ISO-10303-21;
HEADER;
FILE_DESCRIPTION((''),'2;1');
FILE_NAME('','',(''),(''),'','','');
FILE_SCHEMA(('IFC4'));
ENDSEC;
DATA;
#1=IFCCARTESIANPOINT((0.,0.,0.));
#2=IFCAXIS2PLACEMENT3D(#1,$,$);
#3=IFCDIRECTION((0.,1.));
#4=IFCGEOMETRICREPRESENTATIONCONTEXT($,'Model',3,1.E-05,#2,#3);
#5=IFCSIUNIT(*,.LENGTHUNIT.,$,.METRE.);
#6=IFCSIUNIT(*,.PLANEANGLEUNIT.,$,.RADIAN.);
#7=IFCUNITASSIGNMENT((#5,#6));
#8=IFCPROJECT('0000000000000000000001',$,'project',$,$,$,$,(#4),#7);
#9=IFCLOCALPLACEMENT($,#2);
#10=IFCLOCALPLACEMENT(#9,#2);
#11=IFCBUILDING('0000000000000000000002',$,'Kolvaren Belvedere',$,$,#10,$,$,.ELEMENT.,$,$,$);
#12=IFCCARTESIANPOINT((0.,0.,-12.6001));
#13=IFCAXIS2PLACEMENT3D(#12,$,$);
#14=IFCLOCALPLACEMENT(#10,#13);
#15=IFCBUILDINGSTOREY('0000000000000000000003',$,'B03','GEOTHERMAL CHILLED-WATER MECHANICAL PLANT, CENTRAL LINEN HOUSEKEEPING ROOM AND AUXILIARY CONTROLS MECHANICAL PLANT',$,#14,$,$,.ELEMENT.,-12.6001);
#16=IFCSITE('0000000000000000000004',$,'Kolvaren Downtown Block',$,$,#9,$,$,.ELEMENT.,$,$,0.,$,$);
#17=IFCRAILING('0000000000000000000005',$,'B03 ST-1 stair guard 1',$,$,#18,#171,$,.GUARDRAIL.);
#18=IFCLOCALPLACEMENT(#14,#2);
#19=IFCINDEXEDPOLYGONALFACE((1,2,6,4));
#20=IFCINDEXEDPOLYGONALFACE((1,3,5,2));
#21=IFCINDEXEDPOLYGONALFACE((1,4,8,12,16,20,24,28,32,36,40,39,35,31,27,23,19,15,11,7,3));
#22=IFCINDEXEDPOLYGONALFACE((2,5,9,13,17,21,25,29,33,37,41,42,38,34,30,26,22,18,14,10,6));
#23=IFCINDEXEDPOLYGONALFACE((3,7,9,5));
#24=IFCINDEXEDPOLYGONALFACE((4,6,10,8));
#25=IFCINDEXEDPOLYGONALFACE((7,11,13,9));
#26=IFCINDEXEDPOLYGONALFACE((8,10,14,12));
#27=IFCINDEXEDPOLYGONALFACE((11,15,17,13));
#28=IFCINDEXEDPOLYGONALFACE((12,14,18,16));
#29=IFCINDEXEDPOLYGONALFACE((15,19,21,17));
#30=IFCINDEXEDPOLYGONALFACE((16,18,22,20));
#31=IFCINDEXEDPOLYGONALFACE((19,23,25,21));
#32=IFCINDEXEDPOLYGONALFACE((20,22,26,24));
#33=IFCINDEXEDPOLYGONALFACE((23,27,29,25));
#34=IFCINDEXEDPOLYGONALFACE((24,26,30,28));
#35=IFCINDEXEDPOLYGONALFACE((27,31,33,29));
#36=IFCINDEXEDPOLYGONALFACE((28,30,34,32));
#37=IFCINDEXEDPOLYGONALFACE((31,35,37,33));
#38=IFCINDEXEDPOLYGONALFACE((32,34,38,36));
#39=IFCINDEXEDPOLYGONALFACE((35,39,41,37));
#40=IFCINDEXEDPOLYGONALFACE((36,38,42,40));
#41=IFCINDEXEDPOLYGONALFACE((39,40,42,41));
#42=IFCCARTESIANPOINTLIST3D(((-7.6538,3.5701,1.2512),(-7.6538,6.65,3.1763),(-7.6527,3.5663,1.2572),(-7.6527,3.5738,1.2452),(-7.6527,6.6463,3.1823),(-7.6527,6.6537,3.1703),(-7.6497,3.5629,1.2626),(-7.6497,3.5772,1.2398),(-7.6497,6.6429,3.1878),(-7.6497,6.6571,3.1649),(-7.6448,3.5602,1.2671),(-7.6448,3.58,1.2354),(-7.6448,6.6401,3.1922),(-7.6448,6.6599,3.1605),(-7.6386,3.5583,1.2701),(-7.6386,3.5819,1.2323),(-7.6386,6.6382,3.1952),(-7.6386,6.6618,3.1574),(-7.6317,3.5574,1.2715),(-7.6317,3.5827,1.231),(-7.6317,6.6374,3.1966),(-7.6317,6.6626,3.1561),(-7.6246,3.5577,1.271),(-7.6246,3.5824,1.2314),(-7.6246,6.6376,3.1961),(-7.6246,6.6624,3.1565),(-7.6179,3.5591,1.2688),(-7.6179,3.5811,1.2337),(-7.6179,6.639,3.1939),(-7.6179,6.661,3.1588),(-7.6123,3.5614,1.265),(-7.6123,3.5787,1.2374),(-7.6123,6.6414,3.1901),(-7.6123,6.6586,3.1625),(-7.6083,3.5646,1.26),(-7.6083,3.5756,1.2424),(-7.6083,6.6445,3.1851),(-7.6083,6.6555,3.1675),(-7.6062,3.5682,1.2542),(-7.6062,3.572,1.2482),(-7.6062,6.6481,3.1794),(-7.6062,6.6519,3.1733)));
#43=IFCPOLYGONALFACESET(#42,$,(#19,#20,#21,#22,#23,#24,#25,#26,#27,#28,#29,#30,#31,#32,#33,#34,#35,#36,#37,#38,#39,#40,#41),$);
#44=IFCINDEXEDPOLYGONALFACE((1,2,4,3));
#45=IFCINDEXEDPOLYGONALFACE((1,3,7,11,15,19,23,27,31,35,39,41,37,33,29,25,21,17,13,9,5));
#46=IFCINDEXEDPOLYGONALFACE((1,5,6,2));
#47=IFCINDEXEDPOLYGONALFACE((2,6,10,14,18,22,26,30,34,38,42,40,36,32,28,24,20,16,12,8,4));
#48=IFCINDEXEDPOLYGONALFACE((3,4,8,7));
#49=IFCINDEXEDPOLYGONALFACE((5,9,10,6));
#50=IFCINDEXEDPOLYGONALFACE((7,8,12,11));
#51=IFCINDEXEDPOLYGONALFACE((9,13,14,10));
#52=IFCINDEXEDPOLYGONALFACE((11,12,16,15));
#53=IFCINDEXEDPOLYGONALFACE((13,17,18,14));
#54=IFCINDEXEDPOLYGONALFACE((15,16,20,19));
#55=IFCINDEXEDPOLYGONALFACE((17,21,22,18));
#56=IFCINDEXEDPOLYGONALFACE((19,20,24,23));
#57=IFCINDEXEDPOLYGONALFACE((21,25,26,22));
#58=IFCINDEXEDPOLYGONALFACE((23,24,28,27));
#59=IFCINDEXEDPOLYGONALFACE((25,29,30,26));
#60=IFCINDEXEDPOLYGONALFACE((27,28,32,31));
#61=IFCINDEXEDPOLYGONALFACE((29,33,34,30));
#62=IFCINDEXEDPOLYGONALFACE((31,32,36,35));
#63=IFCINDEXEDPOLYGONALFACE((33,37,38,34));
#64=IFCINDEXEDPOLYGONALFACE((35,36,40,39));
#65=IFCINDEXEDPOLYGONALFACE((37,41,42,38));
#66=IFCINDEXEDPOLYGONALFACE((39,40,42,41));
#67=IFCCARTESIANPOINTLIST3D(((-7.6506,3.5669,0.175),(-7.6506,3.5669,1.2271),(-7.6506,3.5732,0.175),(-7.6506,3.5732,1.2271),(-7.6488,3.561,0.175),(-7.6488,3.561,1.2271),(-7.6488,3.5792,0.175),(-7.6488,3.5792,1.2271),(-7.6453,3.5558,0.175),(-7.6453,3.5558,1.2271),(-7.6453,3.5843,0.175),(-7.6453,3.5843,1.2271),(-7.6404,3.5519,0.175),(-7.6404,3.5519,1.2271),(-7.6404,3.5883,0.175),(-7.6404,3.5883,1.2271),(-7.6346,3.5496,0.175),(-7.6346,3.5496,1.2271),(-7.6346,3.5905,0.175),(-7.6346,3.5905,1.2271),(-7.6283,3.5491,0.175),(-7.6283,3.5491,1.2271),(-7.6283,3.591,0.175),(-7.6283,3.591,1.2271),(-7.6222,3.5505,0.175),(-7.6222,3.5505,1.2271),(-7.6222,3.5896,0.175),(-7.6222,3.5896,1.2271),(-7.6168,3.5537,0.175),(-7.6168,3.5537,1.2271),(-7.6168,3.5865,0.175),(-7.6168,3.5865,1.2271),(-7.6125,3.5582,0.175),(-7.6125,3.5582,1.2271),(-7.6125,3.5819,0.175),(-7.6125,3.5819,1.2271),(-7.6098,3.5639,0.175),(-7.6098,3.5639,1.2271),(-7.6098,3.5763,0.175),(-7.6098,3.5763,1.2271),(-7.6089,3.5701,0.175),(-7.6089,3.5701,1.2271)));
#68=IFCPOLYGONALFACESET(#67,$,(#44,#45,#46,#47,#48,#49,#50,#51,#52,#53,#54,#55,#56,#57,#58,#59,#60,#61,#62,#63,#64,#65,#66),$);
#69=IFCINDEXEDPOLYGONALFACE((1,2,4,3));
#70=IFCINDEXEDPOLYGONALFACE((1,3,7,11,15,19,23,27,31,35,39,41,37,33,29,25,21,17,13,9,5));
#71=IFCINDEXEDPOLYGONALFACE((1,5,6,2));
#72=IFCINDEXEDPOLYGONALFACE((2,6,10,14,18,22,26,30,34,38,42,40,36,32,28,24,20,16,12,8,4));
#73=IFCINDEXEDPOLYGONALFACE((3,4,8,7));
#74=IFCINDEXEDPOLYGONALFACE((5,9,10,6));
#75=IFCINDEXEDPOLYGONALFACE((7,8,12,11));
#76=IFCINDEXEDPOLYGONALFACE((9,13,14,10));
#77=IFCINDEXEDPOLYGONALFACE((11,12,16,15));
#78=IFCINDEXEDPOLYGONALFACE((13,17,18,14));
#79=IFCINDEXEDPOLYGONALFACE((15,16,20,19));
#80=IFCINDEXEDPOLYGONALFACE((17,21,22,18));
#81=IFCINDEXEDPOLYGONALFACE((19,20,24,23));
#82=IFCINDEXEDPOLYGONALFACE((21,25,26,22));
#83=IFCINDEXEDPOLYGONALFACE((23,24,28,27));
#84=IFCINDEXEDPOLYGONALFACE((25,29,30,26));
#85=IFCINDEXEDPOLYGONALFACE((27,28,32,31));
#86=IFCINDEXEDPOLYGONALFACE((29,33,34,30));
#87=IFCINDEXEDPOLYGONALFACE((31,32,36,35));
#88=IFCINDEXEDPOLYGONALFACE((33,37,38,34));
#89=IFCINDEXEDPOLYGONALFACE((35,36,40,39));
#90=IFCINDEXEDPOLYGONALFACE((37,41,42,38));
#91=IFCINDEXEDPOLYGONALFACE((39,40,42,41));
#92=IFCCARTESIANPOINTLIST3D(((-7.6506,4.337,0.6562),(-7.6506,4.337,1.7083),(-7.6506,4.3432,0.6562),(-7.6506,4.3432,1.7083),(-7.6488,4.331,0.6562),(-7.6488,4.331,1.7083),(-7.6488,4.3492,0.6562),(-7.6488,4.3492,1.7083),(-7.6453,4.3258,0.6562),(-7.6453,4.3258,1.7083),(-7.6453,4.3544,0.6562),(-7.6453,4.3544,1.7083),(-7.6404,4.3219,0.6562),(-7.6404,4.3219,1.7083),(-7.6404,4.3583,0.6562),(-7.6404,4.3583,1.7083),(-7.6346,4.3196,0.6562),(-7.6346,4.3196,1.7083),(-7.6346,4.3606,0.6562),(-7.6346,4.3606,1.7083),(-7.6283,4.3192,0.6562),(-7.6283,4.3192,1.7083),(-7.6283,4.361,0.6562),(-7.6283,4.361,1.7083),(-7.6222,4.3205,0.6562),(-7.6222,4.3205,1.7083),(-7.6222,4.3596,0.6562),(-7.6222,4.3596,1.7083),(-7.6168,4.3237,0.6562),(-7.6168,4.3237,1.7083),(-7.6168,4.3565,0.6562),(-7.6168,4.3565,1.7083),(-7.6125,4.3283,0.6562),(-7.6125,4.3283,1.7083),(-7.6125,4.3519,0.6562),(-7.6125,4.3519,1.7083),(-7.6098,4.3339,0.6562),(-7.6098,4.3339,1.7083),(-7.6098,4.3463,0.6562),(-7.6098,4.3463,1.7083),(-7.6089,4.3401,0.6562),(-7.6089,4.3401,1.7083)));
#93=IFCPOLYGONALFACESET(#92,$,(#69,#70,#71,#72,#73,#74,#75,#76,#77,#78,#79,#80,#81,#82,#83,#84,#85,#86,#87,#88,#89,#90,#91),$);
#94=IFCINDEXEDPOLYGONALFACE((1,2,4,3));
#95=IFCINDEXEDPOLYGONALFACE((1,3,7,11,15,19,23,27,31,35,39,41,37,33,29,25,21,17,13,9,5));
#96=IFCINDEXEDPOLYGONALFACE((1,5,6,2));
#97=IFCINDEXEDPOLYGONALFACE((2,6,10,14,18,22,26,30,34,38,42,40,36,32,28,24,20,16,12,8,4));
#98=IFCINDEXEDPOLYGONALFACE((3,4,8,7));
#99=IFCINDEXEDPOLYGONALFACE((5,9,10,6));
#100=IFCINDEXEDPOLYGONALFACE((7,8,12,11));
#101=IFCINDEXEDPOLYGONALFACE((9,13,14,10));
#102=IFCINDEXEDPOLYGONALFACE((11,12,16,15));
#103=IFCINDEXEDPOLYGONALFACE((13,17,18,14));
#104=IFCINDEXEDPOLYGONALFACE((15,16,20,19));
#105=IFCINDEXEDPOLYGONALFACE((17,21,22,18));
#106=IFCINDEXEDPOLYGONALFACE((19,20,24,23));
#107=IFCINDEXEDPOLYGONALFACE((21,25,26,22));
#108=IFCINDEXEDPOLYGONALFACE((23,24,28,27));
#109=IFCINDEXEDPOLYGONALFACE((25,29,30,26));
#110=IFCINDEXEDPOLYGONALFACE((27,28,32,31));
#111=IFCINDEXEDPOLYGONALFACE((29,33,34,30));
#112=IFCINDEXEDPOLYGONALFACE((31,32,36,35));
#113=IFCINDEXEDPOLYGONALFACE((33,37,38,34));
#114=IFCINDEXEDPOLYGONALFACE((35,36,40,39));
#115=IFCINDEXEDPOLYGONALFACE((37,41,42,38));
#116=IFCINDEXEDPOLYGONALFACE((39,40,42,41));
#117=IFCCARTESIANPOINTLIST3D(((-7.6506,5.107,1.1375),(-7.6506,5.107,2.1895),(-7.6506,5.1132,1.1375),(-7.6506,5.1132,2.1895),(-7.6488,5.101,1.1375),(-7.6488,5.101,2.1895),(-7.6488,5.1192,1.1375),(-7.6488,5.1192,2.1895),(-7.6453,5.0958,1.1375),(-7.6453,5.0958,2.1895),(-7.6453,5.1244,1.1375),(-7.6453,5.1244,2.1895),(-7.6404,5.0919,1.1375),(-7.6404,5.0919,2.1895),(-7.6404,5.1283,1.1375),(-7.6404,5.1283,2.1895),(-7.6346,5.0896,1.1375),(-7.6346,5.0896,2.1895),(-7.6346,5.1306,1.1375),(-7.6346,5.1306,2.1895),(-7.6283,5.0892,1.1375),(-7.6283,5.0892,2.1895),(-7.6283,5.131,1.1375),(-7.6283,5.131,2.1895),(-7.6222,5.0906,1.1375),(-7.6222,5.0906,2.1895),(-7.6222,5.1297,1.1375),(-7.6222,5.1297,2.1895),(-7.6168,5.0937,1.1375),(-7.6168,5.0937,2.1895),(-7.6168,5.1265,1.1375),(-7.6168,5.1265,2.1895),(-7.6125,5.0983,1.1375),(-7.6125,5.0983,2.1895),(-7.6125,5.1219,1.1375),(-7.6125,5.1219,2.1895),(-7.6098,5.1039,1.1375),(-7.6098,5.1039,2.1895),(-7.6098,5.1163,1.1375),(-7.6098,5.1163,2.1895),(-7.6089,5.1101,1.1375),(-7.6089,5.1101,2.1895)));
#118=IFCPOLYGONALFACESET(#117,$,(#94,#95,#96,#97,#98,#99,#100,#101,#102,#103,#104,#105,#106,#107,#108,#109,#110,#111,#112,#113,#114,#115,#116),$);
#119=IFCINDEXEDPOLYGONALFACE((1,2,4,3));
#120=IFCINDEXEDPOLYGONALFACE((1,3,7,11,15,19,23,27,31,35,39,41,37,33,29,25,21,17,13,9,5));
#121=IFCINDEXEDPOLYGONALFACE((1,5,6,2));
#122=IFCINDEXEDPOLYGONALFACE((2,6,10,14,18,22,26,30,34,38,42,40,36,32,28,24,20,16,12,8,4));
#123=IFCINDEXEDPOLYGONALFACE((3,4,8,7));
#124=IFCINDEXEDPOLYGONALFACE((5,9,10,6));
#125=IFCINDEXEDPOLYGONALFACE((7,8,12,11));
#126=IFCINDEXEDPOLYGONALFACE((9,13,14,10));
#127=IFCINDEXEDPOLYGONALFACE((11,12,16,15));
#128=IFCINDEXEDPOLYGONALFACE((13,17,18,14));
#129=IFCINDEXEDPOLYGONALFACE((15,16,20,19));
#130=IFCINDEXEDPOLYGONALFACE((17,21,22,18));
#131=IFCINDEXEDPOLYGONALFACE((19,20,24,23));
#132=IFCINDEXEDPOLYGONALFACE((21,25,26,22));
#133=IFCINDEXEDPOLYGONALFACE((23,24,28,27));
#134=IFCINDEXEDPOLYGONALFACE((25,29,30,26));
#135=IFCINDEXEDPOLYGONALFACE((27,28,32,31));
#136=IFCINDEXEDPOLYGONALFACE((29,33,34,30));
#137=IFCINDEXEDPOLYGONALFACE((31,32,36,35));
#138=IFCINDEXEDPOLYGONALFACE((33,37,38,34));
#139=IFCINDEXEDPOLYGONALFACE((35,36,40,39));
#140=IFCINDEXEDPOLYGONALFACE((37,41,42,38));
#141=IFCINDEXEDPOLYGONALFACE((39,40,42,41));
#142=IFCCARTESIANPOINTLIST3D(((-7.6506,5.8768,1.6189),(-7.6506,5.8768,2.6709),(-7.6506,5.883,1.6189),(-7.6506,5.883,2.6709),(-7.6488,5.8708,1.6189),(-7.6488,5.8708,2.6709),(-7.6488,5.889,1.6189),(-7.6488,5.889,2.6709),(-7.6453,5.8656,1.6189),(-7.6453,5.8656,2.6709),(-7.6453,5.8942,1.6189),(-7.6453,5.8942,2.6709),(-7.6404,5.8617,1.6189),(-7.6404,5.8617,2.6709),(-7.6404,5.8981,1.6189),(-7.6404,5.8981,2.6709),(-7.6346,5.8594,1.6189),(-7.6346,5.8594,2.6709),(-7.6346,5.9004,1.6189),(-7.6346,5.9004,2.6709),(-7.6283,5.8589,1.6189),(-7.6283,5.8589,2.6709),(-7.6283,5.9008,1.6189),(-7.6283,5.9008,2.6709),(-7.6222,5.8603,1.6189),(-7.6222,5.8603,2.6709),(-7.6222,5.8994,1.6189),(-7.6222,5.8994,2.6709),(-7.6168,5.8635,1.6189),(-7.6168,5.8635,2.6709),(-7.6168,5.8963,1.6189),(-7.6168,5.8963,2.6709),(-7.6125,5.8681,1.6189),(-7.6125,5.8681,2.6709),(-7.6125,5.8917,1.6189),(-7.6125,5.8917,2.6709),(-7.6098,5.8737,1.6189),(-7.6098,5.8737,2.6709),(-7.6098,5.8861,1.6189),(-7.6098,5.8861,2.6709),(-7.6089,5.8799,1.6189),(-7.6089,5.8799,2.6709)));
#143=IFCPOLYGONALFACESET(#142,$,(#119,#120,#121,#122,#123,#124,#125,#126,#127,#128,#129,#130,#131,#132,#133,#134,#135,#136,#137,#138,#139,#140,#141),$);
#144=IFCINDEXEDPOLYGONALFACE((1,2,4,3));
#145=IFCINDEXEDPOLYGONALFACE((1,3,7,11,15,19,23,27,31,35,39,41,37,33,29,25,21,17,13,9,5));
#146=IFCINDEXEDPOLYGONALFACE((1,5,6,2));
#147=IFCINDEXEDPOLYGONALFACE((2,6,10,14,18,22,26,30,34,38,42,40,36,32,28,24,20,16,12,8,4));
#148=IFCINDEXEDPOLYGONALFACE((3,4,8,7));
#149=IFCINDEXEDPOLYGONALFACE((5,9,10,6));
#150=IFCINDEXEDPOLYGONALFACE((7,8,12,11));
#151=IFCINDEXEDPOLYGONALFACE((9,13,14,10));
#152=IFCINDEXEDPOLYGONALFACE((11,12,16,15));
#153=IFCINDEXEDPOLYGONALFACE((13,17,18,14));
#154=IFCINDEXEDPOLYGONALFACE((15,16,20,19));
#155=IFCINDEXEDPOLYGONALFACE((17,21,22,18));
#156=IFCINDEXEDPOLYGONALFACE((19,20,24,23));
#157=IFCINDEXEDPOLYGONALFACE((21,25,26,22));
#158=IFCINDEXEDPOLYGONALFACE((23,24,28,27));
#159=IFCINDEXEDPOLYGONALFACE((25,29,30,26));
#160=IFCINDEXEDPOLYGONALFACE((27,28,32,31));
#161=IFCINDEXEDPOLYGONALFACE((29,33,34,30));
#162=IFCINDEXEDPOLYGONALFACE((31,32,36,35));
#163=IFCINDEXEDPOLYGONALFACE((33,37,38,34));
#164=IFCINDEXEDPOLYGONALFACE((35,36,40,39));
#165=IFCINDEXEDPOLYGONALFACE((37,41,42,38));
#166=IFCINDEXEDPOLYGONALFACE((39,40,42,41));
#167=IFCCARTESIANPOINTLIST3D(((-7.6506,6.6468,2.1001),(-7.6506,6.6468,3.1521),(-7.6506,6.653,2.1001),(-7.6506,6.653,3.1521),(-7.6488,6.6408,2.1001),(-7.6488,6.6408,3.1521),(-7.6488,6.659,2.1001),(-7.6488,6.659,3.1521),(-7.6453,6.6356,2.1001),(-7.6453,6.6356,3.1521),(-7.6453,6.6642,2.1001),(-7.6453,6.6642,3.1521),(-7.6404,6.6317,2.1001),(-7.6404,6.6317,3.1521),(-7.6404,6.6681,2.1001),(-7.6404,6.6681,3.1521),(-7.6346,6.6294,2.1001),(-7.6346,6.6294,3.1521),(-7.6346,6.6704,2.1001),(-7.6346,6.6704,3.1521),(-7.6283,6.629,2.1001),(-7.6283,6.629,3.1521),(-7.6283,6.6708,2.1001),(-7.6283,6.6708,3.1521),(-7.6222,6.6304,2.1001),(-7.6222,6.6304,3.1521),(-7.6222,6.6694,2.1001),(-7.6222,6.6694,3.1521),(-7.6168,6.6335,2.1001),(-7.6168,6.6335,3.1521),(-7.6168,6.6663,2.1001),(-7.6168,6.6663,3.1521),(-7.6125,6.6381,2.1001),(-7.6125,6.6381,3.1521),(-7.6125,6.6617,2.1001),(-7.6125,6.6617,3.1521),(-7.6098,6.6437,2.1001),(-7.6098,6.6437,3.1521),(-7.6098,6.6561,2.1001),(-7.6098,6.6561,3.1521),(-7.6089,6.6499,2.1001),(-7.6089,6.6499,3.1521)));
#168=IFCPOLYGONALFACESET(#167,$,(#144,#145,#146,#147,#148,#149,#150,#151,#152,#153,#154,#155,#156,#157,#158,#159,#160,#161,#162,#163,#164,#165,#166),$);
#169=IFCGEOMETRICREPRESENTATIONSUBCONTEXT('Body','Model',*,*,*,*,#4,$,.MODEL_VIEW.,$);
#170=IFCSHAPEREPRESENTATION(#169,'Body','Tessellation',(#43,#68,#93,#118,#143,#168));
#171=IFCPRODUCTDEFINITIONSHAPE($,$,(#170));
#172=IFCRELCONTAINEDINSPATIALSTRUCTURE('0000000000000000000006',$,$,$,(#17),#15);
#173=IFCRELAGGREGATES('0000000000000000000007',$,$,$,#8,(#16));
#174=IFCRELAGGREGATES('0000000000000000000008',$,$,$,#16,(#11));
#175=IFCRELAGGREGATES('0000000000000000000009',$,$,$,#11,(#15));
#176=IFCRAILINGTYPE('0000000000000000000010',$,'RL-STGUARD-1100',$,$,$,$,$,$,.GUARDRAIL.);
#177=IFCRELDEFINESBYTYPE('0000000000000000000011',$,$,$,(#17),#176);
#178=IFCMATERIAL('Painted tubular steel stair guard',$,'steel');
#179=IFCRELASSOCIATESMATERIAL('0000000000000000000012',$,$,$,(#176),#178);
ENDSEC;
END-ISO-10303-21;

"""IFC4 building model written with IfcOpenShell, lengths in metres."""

from ifc_helpers import new_model, si_unit, direction, frame, origin, origin_2d, place, context, subcontext, project, spatial, circle, extrude, material, type_object, element, save


model = new_model("IFC4")

# Units and contexts
model_context = context("Model", 3, precision=1e-05, world=origin(), true_north=direction((0.0, 1.0)))
body_context = subcontext(model_context, "Body", "Model", "MODEL_VIEW")
ifc_project = project(units=[si_unit("LENGTHUNIT", "METRE"), si_unit("PLANEANGLEUNIT", "RADIAN")], contexts=[model_context])

# Site, building, storey
site_placement = place(None, origin())
site = spatial("IfcSite", under=ifc_project, at=site_placement, Name="Kolvaren Downtown Block", CompositionType="ELEMENT", RefElevation=0.0)
building_placement = place(site_placement, origin())
building = spatial("IfcBuilding", under=site, at=building_placement, Name="Kolvaren Belvedere", CompositionType="ELEMENT")
storey_placement = place(building_placement, frame((0.0, 0.0, -12.6001)))
storey = spatial("IfcBuildingStorey", under=building, at=storey_placement, Name="B03", Description="GEOTHERMAL CHILLED-WATER MECHANICAL PLANT, CENTRAL LINEN HOUSEKEEPING ROOM AND AUXILIARY CONTROLS MECHANICAL PLANT", CompositionType="ELEMENT", Elevation=-12.6001)

# Railing
ifc_material_1 = material(Name="Painted tubular steel stair guard", Category="steel")
railing_type_1 = type_object("IfcRailingType", Name="RL-STGUARD-1100", PredefinedType="GUARDRAIL", material=ifc_material_1)
railing_1_placement = place(storey_placement, frame((-7.6299, 3.5701, 0.175)))
element("IfcRailing", 1, at=railing_1_placement, inside=storey, type_object=railing_type_1, Name="B03 ST-1 stair guard 1", PredefinedType="GUARDRAIL", context=body_context, shape_type="SweptSolid", body=[
    extrude(circle(Radius=0.0239, at=origin_2d()), frame((0.0, 0.0, 1.0762), z_axis=(0.0, 0.847979, 0.530029), x_axis=(-1.0, 0.0, 0.0)), (0.0, 0.0, 1.0), 3.6321),
    extrude(circle(Radius=0.021, at=origin_2d()), origin(), (0.0, 0.0, 1.0), 1.052),
    extrude(circle(Radius=0.021, at=origin_2d()), frame((0.0, 0.77, 0.4812)), (0.0, 0.0, 1.0), 1.052),
    extrude(circle(Radius=0.021, at=origin_2d()), frame((0.0, 1.54, 0.9624)), (0.0, 0.0, 1.0), 1.052),
    extrude(circle(Radius=0.021, at=origin_2d()), frame((0.0, 2.3098, 1.4438)), (0.0, 0.0, 1.0), 1.052),
    extrude(circle(Radius=0.021, at=origin_2d()), frame((0.0, 3.0798, 1.925)), (0.0, 0.0, 1.0), 1.052),
])

save(model, "model.ifc")
